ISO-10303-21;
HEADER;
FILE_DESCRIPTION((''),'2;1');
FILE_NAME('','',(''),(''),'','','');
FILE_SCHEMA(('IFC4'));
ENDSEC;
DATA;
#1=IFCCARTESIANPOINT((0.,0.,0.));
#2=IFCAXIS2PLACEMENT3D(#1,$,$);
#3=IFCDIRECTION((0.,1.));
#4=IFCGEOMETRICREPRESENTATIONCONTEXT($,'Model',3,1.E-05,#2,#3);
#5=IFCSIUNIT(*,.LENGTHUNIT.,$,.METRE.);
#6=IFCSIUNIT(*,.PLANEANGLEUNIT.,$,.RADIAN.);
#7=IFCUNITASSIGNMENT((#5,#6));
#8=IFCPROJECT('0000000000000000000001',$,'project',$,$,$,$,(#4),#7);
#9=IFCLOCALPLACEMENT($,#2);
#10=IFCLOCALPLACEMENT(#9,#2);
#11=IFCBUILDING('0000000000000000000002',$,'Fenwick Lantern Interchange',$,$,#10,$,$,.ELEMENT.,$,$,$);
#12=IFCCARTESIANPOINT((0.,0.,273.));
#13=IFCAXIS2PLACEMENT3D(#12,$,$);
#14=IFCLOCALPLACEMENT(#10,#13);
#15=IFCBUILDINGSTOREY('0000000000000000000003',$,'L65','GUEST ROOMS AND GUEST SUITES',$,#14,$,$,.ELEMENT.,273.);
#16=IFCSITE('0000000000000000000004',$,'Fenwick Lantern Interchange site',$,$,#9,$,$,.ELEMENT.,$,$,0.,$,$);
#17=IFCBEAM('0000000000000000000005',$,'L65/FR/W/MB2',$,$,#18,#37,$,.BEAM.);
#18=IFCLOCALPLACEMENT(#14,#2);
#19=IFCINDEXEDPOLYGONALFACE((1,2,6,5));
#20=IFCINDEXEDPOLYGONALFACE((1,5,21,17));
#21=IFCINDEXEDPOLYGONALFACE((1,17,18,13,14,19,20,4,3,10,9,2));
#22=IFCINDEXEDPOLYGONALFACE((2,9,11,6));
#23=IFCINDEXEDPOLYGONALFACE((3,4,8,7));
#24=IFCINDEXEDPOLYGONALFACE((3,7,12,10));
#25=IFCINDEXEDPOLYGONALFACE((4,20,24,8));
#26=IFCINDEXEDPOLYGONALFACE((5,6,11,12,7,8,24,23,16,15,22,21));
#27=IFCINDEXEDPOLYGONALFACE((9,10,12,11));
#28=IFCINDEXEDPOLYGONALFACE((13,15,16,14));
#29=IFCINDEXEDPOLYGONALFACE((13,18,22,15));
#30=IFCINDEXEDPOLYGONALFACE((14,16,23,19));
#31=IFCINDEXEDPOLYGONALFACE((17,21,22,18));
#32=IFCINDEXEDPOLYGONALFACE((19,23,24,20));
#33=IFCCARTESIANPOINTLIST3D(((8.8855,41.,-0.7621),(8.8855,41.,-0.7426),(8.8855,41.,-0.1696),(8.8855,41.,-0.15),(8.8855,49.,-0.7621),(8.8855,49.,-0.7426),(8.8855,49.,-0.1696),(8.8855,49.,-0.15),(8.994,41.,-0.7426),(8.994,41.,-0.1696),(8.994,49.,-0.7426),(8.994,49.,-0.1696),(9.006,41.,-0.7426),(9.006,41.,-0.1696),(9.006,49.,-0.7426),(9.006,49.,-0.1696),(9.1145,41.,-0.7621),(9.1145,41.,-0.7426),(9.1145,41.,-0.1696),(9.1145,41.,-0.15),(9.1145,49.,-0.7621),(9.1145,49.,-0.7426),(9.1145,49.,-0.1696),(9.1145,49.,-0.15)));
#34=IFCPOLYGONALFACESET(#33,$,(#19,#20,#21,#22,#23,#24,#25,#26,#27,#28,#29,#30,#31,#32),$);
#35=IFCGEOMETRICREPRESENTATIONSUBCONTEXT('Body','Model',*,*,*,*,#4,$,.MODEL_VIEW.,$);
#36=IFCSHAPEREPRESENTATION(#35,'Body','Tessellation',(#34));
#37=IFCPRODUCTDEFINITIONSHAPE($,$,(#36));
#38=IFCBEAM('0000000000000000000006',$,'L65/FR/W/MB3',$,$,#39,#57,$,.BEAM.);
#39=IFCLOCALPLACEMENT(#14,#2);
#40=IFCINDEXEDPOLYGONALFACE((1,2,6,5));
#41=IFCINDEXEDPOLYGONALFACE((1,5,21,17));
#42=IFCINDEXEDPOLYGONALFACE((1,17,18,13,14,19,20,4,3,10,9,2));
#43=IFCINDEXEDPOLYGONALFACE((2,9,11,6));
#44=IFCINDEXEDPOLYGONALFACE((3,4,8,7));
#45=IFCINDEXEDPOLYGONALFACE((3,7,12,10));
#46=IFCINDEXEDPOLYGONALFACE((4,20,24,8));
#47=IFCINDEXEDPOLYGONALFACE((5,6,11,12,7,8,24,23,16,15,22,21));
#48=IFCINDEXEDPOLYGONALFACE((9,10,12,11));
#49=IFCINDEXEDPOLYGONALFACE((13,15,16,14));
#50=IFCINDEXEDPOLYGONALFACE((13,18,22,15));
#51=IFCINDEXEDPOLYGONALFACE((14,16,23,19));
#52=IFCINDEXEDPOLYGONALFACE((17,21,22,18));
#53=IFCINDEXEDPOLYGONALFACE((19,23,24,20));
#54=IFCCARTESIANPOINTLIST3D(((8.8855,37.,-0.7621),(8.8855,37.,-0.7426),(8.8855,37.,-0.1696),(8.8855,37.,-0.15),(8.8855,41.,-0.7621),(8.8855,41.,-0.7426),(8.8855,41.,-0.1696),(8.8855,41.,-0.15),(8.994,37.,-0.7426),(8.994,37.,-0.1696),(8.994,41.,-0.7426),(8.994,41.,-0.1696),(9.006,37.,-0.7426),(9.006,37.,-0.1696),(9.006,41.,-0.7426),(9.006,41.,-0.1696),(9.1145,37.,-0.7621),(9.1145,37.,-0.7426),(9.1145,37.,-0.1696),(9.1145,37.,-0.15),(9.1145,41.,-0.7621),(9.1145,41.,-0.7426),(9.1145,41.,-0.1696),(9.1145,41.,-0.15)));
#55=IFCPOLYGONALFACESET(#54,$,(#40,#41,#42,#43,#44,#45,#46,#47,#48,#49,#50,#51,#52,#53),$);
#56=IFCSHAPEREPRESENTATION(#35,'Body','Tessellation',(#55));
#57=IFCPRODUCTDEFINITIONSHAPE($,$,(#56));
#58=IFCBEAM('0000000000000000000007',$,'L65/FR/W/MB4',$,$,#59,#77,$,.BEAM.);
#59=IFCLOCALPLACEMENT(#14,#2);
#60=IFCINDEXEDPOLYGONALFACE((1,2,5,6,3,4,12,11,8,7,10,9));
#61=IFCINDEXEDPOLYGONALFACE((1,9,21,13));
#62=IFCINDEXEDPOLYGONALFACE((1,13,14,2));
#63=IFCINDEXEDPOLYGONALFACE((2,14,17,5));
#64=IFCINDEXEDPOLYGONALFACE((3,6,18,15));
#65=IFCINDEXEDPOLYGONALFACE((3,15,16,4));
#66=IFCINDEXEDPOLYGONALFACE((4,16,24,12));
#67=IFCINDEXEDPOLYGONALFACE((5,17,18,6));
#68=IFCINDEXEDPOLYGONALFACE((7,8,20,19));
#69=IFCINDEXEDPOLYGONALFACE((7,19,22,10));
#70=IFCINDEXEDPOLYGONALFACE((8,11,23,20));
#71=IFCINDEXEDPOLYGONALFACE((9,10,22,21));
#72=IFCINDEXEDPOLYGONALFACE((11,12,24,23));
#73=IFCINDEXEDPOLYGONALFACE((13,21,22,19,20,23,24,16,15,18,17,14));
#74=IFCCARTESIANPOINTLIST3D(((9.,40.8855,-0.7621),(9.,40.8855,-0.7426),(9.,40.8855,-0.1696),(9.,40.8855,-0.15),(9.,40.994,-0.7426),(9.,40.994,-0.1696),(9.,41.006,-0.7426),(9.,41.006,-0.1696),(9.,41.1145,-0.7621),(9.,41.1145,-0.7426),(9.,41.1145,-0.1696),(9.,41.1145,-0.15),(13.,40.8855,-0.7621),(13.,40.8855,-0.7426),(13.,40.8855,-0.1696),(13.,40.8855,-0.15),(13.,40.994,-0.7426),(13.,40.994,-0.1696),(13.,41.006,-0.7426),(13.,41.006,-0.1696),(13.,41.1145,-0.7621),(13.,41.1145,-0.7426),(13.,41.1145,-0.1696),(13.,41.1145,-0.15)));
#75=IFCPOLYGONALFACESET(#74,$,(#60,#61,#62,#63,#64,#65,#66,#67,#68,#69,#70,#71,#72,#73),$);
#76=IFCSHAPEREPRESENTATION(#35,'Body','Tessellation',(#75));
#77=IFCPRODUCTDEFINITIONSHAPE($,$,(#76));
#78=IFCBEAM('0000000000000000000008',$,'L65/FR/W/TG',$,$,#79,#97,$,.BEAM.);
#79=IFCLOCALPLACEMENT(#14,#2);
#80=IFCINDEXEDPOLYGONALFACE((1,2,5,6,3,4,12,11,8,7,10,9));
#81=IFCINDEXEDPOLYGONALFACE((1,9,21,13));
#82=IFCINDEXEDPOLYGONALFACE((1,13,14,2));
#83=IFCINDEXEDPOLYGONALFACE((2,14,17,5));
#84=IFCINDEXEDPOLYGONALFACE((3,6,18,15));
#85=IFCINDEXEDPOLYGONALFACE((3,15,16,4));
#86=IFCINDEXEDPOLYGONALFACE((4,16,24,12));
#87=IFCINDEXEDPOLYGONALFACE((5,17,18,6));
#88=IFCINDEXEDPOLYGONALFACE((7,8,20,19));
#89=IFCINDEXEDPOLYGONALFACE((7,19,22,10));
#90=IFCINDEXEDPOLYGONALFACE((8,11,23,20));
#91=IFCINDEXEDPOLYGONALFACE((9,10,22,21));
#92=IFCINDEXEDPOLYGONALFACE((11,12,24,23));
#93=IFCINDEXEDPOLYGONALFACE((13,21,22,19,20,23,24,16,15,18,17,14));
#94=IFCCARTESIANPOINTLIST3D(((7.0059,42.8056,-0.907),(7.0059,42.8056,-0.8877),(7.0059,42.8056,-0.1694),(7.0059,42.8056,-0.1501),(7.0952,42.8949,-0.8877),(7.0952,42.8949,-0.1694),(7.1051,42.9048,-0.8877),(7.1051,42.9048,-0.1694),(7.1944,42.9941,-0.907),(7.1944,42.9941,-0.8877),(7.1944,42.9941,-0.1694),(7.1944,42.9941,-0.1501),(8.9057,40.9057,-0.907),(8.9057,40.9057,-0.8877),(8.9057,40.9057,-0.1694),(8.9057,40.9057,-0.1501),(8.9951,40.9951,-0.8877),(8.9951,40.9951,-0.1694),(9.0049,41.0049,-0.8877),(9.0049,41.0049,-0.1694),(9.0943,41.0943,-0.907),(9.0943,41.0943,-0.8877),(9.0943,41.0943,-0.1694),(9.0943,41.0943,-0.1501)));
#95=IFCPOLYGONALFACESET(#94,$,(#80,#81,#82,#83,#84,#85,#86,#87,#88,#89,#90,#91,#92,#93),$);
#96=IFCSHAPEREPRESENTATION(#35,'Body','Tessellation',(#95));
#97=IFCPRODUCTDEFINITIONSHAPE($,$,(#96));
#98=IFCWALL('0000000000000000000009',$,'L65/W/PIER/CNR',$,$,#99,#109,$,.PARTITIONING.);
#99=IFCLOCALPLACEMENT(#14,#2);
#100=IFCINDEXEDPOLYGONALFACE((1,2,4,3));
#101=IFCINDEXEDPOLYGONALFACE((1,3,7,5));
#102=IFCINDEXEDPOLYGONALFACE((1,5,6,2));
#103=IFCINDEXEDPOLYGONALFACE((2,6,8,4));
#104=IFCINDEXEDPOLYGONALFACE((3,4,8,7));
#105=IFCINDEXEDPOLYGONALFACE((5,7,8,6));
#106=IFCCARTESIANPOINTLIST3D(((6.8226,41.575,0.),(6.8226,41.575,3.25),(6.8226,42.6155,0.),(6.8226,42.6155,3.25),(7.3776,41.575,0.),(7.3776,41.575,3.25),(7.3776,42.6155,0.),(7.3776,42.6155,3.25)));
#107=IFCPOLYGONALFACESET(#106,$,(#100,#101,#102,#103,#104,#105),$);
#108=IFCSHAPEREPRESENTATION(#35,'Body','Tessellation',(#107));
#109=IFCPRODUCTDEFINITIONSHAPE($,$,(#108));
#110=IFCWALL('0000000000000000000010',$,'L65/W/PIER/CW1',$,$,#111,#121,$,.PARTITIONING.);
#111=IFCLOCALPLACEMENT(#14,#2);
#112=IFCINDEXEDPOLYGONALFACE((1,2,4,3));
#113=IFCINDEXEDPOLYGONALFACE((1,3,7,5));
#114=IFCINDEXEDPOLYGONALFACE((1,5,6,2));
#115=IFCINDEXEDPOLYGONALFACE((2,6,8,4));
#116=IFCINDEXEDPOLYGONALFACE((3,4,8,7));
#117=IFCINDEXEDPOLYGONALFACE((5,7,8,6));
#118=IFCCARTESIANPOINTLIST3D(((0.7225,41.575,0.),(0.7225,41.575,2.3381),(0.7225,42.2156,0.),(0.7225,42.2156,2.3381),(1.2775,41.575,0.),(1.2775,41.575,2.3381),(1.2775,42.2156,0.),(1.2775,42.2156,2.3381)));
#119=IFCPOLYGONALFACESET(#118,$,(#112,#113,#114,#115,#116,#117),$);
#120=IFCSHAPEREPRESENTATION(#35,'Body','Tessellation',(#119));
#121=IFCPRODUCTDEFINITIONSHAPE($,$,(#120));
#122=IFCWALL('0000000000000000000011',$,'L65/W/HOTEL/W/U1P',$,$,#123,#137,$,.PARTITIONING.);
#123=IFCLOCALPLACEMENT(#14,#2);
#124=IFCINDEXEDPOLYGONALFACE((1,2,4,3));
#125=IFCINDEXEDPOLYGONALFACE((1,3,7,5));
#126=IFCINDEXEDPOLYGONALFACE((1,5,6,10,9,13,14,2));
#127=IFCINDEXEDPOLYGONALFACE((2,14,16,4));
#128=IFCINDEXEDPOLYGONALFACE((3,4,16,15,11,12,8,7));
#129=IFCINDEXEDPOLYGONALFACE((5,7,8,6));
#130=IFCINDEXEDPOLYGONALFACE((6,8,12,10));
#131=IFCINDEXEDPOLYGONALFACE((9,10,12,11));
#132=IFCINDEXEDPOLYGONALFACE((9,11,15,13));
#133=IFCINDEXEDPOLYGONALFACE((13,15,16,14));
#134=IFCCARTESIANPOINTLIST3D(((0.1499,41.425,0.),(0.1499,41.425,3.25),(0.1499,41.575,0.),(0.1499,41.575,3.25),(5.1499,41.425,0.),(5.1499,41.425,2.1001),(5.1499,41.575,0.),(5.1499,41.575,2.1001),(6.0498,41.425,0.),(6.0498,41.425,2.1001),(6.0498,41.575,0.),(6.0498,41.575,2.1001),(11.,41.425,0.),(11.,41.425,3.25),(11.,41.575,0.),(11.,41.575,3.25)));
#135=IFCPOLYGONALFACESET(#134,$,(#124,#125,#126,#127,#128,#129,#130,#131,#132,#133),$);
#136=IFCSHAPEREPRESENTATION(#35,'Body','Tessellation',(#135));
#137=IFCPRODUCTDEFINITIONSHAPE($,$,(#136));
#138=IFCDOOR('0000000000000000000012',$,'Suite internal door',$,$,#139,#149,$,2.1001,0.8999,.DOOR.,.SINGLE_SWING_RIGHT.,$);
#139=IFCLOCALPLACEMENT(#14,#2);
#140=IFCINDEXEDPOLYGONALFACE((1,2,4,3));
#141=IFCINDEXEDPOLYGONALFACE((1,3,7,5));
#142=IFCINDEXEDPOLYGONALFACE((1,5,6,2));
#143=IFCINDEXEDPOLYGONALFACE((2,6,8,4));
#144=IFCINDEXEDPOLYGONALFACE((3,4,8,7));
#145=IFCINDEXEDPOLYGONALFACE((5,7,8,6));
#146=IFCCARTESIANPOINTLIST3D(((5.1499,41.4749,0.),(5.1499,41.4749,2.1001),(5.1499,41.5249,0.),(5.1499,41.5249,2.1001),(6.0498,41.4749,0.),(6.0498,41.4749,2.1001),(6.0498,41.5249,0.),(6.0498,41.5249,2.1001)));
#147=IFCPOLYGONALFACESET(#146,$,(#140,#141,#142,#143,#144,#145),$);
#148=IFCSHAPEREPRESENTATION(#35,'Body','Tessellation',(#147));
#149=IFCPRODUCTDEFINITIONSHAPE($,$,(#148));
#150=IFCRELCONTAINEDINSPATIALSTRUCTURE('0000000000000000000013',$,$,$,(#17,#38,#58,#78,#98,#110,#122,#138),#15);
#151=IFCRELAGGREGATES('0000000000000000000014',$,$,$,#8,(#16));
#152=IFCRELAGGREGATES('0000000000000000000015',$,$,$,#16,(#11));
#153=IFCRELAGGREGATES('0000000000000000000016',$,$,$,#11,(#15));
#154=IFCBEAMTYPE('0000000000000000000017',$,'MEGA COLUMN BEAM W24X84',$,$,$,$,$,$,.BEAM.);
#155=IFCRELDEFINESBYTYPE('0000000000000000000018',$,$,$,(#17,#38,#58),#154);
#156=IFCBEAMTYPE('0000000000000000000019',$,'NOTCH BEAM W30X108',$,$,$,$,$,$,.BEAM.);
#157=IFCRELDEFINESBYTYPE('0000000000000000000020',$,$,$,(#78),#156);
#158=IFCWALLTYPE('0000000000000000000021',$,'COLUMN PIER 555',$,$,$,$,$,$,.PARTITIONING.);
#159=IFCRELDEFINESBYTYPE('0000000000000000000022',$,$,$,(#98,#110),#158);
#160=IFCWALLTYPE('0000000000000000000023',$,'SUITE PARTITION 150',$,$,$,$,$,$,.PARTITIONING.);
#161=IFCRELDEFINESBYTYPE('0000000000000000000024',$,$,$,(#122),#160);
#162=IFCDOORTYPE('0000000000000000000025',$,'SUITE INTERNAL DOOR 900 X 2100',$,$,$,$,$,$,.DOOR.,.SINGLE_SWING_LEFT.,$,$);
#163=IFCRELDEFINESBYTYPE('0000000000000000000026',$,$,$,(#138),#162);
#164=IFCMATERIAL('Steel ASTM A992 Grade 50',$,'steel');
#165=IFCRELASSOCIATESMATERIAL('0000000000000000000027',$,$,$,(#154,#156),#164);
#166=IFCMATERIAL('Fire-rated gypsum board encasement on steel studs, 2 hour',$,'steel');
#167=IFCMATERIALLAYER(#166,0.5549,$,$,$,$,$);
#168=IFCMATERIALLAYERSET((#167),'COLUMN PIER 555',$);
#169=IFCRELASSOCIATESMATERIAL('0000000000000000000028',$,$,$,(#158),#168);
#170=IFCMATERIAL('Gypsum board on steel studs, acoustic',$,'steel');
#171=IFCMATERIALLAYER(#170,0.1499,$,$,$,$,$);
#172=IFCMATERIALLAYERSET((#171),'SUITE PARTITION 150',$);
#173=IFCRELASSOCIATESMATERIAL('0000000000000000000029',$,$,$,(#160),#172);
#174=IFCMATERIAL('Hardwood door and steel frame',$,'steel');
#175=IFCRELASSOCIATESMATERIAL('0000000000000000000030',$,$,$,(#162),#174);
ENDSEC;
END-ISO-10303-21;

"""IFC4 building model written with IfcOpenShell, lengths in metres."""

from ifc_helpers import new_model, si_unit, direction, frame, frame_2d, origin, origin_2d, place, context, subcontext, project, spatial, rectangle, i_section, extrude, material, layer, layer_set, material_profile, profile_set, type_object, element, fill, save


model = new_model("IFC4")

# Units and contexts
model_context = context("Model", 3, precision=1e-05, world=origin(), true_north=direction((0.0, 1.0)))
body_context = subcontext(model_context, "Body", "Model", "MODEL_VIEW")
ifc_project = project(units=[si_unit("LENGTHUNIT", "METRE"), si_unit("PLANEANGLEUNIT", "RADIAN")], contexts=[model_context])

# Site, building, storey
site_placement = place(None, origin())
site = spatial("IfcSite", under=ifc_project, at=site_placement, Name="Fenwick Lantern Interchange site", CompositionType="ELEMENT", RefElevation=0.0)
building_placement = place(site_placement, origin())
building = spatial("IfcBuilding", under=site, at=building_placement, Name="Fenwick Lantern Interchange", CompositionType="ELEMENT")
storey_placement = place(building_placement, frame((0.0, 0.0, 273.0)))
storey = spatial("IfcBuildingStorey", under=building, at=storey_placement, Name="L65", Description="GUEST ROOMS AND GUEST SUITES", CompositionType="ELEMENT", Elevation=273.0)

# Shared definitions
ifc_material_1 = material(Name="Steel ASTM A992 Grade 50", Category="steel")

# Beams
ifc_material_profile_1 = material_profile(ifc_material_1, i_section(OverallWidth=0.229, OverallDepth=0.6121, WebThickness=0.012, FlangeThickness=0.0195, at=origin_2d()), Name="W24X84")
ifc_profile_set_1 = profile_set([ifc_material_profile_1], Name="Steel ASTM A992 Grade 50")
beam_type_1 = type_object("IfcBeamType", Name="MEGA COLUMN BEAM W24X84", PredefinedType="BEAM", material=ifc_profile_set_1)
for number, where, z_axis, x_axis, name in (
    (1, (9.0, 41.0, -0.4561), (0.0, 1.0, 0.0), (-1.0, 0.0, 0.0), "L65/FR/W/MB2"),
):
    element("IfcBeam", number, at=place(storey_placement, frame(where, z_axis=z_axis, x_axis=x_axis)), inside=storey, type_object=beam_type_1, Name=name, PredefinedType="BEAM", context=body_context, shape_type="SweptSolid", body=[
        extrude(i_section(OverallWidth=0.229, OverallDepth=0.6121, WebThickness=0.012, FlangeThickness=0.0195, at=origin_2d()), origin(), (0.0, 0.0, 1.0), 8.0),
    ])
for number, where, z_axis, x_axis, name in (
    (2, (9.0, 41.0, -0.4561), (0.0, -1.0, 0.0), (1.0, 0.0, 0.0), "L65/FR/W/MB3"),
    (3, (9.0, 41.0, -0.4561), (1.0, 0.0, 0.0), (0.0, 1.0, 0.0), "L65/FR/W/MB4"),
):
    element("IfcBeam", number, at=place(storey_placement, frame(where, z_axis=z_axis, x_axis=x_axis)), inside=storey, type_object=beam_type_1, Name=name, PredefinedType="BEAM", context=body_context, shape_type="SweptSolid", body=[
        extrude(i_section(OverallWidth=0.229, OverallDepth=0.6121, WebThickness=0.012, FlangeThickness=0.0195, at=origin_2d()), origin(), (0.0, 0.0, 1.0), 4.0),
    ])
ifc_material_profile_2 = material_profile(ifc_material_1, i_section(OverallWidth=0.2666, OverallDepth=0.7568, WebThickness=0.0139, FlangeThickness=0.0193, at=origin_2d()), Name="W30X108")
ifc_profile_set_2 = profile_set([ifc_material_profile_2], Name="Steel ASTM A992 Grade 50")
beam_type_2 = type_object("IfcBeamType", Name="NOTCH BEAM W30X108", PredefinedType="BEAM", material=ifc_profile_set_2)
beam_1_placement = place(storey_placement, frame((9.0, 41.0, -0.5286), z_axis=(-0.707107, 0.707107, 0.0), x_axis=(-0.707107, -0.707107, 0.0)))
element("IfcBeam", 4, at=beam_1_placement, inside=storey, type_object=beam_type_2, Name="L65/FR/W/TG", PredefinedType="BEAM", context=body_context, shape_type="SweptSolid", body=[
    extrude(i_section(OverallWidth=0.2666, OverallDepth=0.7568, WebThickness=0.0139, FlangeThickness=0.0193, at=origin_2d()), origin(), (0.0, 0.0, 1.0), 2.6868),
])

# Walls
ifc_material_2 = material(Name="Fire-rated gypsum board encasement on steel studs, 2 hour", Category="steel")
ifc_layer_1 = layer(ifc_material_2, 0.5549)
ifc_layer_set_1 = layer_set([ifc_layer_1], Name="COLUMN PIER 555")
wall_type_1 = type_object("IfcWallType", Name="COLUMN PIER 555", PredefinedType="PARTITIONING", material=ifc_layer_set_1)
wall_1_placement = place(storey_placement, frame((7.1001, 41.575, 0.0), z_axis=(0.0, 0.0, 1.0), x_axis=(0.0, 1.0, 0.0)))
element("IfcWall", 5, at=wall_1_placement, inside=storey, type_object=wall_type_1, Name="L65/W/PIER/CNR", PredefinedType="PARTITIONING", context=body_context, shape_type="SweptSolid", body=[
    extrude(rectangle(XDim=1.0405, YDim=0.5549, at=frame_2d((0.5203, 0.0))), origin(), (0.0, 0.0, 1.0), 3.25),
])
wall_2_placement = place(storey_placement, frame((1.0, 41.575, 0.0), z_axis=(0.0, 0.0, 1.0), x_axis=(0.0, 1.0, 0.0)))
element("IfcWall", 6, at=wall_2_placement, inside=storey, type_object=wall_type_1, Name="L65/W/PIER/CW1", PredefinedType="PARTITIONING", context=body_context, shape_type="SweptSolid", body=[
    extrude(rectangle(XDim=0.6406, YDim=0.5549, at=frame_2d((0.3203, 0.0))), origin(), (0.0, 0.0, 1.0), 2.3381),
])

# Wall, opening, door
ifc_material_3 = material(Name="Gypsum board on steel studs, acoustic", Category="steel")
ifc_layer_2 = layer(ifc_material_3, 0.1499)
ifc_layer_set_2 = layer_set([ifc_layer_2], Name="SUITE PARTITION 150")
wall_type_2 = type_object("IfcWallType", Name="SUITE PARTITION 150", PredefinedType="PARTITIONING", material=ifc_layer_set_2)
wall_3_placement = place(storey_placement, frame((0.1499, 41.5, 0.0), z_axis=(0.0, 0.0, 1.0), x_axis=(1.0, 0.0, 0.0)))
wall_3 = element("IfcWall", 7, at=wall_3_placement, inside=storey, type_object=wall_type_2, Name="L65/W/HOTEL/W/U1P", PredefinedType="PARTITIONING", context=body_context, shape_type="SweptSolid", body=[
    extrude(rectangle(XDim=10.8501, YDim=0.1499, at=frame_2d((5.425, 0.0))), origin(), (0.0, 0.0, 1.0), 3.25),
])
opening_placement = place(wall_3_placement, frame((5.0, 0.0, 0.0)))
opening = element("IfcOpeningElement", 8, at=opening_placement, cuts=wall_3, PredefinedType="OPENING", context=body_context, shape_type="SweptSolid", body=[
    extrude(rectangle(XDim=0.8999, YDim=2.1001, at=frame_2d((0.45, 1.05))), frame((0.0, 0.085, 0.0), z_axis=(0.0, -1.0, 0.0), x_axis=(1.0, 0.0, 0.0)), (0.0, 0.0, 1.0), 0.1699),
])
ifc_material_4 = material(Name="Hardwood door and steel frame", Category="steel")
door_type = type_object("IfcDoorType", Name="SUITE INTERNAL DOOR 900 X 2100", OperationType="SINGLE_SWING_LEFT", PredefinedType="DOOR", material=ifc_material_4)
door_placement = place(opening_placement, origin())
door = element("IfcDoor", 9, at=door_placement, inside=storey, type_object=door_type, Name="Suite internal door", OperationType="SINGLE_SWING_RIGHT", OverallHeight=2.1001, OverallWidth=0.8999, PredefinedType="DOOR", context=body_context, shape_type="SweptSolid", body=[
    extrude(rectangle(XDim=0.8999, YDim=2.1001, at=frame_2d((0.45, 1.05))), frame((0.0, 0.0249, 0.0), z_axis=(0.0, -1.0, 0.0), x_axis=(1.0, 0.0, 0.0)), (0.0, 0.0, 1.0), 0.05),
])
fill(opening, door)

save(model, "model.ifc")
